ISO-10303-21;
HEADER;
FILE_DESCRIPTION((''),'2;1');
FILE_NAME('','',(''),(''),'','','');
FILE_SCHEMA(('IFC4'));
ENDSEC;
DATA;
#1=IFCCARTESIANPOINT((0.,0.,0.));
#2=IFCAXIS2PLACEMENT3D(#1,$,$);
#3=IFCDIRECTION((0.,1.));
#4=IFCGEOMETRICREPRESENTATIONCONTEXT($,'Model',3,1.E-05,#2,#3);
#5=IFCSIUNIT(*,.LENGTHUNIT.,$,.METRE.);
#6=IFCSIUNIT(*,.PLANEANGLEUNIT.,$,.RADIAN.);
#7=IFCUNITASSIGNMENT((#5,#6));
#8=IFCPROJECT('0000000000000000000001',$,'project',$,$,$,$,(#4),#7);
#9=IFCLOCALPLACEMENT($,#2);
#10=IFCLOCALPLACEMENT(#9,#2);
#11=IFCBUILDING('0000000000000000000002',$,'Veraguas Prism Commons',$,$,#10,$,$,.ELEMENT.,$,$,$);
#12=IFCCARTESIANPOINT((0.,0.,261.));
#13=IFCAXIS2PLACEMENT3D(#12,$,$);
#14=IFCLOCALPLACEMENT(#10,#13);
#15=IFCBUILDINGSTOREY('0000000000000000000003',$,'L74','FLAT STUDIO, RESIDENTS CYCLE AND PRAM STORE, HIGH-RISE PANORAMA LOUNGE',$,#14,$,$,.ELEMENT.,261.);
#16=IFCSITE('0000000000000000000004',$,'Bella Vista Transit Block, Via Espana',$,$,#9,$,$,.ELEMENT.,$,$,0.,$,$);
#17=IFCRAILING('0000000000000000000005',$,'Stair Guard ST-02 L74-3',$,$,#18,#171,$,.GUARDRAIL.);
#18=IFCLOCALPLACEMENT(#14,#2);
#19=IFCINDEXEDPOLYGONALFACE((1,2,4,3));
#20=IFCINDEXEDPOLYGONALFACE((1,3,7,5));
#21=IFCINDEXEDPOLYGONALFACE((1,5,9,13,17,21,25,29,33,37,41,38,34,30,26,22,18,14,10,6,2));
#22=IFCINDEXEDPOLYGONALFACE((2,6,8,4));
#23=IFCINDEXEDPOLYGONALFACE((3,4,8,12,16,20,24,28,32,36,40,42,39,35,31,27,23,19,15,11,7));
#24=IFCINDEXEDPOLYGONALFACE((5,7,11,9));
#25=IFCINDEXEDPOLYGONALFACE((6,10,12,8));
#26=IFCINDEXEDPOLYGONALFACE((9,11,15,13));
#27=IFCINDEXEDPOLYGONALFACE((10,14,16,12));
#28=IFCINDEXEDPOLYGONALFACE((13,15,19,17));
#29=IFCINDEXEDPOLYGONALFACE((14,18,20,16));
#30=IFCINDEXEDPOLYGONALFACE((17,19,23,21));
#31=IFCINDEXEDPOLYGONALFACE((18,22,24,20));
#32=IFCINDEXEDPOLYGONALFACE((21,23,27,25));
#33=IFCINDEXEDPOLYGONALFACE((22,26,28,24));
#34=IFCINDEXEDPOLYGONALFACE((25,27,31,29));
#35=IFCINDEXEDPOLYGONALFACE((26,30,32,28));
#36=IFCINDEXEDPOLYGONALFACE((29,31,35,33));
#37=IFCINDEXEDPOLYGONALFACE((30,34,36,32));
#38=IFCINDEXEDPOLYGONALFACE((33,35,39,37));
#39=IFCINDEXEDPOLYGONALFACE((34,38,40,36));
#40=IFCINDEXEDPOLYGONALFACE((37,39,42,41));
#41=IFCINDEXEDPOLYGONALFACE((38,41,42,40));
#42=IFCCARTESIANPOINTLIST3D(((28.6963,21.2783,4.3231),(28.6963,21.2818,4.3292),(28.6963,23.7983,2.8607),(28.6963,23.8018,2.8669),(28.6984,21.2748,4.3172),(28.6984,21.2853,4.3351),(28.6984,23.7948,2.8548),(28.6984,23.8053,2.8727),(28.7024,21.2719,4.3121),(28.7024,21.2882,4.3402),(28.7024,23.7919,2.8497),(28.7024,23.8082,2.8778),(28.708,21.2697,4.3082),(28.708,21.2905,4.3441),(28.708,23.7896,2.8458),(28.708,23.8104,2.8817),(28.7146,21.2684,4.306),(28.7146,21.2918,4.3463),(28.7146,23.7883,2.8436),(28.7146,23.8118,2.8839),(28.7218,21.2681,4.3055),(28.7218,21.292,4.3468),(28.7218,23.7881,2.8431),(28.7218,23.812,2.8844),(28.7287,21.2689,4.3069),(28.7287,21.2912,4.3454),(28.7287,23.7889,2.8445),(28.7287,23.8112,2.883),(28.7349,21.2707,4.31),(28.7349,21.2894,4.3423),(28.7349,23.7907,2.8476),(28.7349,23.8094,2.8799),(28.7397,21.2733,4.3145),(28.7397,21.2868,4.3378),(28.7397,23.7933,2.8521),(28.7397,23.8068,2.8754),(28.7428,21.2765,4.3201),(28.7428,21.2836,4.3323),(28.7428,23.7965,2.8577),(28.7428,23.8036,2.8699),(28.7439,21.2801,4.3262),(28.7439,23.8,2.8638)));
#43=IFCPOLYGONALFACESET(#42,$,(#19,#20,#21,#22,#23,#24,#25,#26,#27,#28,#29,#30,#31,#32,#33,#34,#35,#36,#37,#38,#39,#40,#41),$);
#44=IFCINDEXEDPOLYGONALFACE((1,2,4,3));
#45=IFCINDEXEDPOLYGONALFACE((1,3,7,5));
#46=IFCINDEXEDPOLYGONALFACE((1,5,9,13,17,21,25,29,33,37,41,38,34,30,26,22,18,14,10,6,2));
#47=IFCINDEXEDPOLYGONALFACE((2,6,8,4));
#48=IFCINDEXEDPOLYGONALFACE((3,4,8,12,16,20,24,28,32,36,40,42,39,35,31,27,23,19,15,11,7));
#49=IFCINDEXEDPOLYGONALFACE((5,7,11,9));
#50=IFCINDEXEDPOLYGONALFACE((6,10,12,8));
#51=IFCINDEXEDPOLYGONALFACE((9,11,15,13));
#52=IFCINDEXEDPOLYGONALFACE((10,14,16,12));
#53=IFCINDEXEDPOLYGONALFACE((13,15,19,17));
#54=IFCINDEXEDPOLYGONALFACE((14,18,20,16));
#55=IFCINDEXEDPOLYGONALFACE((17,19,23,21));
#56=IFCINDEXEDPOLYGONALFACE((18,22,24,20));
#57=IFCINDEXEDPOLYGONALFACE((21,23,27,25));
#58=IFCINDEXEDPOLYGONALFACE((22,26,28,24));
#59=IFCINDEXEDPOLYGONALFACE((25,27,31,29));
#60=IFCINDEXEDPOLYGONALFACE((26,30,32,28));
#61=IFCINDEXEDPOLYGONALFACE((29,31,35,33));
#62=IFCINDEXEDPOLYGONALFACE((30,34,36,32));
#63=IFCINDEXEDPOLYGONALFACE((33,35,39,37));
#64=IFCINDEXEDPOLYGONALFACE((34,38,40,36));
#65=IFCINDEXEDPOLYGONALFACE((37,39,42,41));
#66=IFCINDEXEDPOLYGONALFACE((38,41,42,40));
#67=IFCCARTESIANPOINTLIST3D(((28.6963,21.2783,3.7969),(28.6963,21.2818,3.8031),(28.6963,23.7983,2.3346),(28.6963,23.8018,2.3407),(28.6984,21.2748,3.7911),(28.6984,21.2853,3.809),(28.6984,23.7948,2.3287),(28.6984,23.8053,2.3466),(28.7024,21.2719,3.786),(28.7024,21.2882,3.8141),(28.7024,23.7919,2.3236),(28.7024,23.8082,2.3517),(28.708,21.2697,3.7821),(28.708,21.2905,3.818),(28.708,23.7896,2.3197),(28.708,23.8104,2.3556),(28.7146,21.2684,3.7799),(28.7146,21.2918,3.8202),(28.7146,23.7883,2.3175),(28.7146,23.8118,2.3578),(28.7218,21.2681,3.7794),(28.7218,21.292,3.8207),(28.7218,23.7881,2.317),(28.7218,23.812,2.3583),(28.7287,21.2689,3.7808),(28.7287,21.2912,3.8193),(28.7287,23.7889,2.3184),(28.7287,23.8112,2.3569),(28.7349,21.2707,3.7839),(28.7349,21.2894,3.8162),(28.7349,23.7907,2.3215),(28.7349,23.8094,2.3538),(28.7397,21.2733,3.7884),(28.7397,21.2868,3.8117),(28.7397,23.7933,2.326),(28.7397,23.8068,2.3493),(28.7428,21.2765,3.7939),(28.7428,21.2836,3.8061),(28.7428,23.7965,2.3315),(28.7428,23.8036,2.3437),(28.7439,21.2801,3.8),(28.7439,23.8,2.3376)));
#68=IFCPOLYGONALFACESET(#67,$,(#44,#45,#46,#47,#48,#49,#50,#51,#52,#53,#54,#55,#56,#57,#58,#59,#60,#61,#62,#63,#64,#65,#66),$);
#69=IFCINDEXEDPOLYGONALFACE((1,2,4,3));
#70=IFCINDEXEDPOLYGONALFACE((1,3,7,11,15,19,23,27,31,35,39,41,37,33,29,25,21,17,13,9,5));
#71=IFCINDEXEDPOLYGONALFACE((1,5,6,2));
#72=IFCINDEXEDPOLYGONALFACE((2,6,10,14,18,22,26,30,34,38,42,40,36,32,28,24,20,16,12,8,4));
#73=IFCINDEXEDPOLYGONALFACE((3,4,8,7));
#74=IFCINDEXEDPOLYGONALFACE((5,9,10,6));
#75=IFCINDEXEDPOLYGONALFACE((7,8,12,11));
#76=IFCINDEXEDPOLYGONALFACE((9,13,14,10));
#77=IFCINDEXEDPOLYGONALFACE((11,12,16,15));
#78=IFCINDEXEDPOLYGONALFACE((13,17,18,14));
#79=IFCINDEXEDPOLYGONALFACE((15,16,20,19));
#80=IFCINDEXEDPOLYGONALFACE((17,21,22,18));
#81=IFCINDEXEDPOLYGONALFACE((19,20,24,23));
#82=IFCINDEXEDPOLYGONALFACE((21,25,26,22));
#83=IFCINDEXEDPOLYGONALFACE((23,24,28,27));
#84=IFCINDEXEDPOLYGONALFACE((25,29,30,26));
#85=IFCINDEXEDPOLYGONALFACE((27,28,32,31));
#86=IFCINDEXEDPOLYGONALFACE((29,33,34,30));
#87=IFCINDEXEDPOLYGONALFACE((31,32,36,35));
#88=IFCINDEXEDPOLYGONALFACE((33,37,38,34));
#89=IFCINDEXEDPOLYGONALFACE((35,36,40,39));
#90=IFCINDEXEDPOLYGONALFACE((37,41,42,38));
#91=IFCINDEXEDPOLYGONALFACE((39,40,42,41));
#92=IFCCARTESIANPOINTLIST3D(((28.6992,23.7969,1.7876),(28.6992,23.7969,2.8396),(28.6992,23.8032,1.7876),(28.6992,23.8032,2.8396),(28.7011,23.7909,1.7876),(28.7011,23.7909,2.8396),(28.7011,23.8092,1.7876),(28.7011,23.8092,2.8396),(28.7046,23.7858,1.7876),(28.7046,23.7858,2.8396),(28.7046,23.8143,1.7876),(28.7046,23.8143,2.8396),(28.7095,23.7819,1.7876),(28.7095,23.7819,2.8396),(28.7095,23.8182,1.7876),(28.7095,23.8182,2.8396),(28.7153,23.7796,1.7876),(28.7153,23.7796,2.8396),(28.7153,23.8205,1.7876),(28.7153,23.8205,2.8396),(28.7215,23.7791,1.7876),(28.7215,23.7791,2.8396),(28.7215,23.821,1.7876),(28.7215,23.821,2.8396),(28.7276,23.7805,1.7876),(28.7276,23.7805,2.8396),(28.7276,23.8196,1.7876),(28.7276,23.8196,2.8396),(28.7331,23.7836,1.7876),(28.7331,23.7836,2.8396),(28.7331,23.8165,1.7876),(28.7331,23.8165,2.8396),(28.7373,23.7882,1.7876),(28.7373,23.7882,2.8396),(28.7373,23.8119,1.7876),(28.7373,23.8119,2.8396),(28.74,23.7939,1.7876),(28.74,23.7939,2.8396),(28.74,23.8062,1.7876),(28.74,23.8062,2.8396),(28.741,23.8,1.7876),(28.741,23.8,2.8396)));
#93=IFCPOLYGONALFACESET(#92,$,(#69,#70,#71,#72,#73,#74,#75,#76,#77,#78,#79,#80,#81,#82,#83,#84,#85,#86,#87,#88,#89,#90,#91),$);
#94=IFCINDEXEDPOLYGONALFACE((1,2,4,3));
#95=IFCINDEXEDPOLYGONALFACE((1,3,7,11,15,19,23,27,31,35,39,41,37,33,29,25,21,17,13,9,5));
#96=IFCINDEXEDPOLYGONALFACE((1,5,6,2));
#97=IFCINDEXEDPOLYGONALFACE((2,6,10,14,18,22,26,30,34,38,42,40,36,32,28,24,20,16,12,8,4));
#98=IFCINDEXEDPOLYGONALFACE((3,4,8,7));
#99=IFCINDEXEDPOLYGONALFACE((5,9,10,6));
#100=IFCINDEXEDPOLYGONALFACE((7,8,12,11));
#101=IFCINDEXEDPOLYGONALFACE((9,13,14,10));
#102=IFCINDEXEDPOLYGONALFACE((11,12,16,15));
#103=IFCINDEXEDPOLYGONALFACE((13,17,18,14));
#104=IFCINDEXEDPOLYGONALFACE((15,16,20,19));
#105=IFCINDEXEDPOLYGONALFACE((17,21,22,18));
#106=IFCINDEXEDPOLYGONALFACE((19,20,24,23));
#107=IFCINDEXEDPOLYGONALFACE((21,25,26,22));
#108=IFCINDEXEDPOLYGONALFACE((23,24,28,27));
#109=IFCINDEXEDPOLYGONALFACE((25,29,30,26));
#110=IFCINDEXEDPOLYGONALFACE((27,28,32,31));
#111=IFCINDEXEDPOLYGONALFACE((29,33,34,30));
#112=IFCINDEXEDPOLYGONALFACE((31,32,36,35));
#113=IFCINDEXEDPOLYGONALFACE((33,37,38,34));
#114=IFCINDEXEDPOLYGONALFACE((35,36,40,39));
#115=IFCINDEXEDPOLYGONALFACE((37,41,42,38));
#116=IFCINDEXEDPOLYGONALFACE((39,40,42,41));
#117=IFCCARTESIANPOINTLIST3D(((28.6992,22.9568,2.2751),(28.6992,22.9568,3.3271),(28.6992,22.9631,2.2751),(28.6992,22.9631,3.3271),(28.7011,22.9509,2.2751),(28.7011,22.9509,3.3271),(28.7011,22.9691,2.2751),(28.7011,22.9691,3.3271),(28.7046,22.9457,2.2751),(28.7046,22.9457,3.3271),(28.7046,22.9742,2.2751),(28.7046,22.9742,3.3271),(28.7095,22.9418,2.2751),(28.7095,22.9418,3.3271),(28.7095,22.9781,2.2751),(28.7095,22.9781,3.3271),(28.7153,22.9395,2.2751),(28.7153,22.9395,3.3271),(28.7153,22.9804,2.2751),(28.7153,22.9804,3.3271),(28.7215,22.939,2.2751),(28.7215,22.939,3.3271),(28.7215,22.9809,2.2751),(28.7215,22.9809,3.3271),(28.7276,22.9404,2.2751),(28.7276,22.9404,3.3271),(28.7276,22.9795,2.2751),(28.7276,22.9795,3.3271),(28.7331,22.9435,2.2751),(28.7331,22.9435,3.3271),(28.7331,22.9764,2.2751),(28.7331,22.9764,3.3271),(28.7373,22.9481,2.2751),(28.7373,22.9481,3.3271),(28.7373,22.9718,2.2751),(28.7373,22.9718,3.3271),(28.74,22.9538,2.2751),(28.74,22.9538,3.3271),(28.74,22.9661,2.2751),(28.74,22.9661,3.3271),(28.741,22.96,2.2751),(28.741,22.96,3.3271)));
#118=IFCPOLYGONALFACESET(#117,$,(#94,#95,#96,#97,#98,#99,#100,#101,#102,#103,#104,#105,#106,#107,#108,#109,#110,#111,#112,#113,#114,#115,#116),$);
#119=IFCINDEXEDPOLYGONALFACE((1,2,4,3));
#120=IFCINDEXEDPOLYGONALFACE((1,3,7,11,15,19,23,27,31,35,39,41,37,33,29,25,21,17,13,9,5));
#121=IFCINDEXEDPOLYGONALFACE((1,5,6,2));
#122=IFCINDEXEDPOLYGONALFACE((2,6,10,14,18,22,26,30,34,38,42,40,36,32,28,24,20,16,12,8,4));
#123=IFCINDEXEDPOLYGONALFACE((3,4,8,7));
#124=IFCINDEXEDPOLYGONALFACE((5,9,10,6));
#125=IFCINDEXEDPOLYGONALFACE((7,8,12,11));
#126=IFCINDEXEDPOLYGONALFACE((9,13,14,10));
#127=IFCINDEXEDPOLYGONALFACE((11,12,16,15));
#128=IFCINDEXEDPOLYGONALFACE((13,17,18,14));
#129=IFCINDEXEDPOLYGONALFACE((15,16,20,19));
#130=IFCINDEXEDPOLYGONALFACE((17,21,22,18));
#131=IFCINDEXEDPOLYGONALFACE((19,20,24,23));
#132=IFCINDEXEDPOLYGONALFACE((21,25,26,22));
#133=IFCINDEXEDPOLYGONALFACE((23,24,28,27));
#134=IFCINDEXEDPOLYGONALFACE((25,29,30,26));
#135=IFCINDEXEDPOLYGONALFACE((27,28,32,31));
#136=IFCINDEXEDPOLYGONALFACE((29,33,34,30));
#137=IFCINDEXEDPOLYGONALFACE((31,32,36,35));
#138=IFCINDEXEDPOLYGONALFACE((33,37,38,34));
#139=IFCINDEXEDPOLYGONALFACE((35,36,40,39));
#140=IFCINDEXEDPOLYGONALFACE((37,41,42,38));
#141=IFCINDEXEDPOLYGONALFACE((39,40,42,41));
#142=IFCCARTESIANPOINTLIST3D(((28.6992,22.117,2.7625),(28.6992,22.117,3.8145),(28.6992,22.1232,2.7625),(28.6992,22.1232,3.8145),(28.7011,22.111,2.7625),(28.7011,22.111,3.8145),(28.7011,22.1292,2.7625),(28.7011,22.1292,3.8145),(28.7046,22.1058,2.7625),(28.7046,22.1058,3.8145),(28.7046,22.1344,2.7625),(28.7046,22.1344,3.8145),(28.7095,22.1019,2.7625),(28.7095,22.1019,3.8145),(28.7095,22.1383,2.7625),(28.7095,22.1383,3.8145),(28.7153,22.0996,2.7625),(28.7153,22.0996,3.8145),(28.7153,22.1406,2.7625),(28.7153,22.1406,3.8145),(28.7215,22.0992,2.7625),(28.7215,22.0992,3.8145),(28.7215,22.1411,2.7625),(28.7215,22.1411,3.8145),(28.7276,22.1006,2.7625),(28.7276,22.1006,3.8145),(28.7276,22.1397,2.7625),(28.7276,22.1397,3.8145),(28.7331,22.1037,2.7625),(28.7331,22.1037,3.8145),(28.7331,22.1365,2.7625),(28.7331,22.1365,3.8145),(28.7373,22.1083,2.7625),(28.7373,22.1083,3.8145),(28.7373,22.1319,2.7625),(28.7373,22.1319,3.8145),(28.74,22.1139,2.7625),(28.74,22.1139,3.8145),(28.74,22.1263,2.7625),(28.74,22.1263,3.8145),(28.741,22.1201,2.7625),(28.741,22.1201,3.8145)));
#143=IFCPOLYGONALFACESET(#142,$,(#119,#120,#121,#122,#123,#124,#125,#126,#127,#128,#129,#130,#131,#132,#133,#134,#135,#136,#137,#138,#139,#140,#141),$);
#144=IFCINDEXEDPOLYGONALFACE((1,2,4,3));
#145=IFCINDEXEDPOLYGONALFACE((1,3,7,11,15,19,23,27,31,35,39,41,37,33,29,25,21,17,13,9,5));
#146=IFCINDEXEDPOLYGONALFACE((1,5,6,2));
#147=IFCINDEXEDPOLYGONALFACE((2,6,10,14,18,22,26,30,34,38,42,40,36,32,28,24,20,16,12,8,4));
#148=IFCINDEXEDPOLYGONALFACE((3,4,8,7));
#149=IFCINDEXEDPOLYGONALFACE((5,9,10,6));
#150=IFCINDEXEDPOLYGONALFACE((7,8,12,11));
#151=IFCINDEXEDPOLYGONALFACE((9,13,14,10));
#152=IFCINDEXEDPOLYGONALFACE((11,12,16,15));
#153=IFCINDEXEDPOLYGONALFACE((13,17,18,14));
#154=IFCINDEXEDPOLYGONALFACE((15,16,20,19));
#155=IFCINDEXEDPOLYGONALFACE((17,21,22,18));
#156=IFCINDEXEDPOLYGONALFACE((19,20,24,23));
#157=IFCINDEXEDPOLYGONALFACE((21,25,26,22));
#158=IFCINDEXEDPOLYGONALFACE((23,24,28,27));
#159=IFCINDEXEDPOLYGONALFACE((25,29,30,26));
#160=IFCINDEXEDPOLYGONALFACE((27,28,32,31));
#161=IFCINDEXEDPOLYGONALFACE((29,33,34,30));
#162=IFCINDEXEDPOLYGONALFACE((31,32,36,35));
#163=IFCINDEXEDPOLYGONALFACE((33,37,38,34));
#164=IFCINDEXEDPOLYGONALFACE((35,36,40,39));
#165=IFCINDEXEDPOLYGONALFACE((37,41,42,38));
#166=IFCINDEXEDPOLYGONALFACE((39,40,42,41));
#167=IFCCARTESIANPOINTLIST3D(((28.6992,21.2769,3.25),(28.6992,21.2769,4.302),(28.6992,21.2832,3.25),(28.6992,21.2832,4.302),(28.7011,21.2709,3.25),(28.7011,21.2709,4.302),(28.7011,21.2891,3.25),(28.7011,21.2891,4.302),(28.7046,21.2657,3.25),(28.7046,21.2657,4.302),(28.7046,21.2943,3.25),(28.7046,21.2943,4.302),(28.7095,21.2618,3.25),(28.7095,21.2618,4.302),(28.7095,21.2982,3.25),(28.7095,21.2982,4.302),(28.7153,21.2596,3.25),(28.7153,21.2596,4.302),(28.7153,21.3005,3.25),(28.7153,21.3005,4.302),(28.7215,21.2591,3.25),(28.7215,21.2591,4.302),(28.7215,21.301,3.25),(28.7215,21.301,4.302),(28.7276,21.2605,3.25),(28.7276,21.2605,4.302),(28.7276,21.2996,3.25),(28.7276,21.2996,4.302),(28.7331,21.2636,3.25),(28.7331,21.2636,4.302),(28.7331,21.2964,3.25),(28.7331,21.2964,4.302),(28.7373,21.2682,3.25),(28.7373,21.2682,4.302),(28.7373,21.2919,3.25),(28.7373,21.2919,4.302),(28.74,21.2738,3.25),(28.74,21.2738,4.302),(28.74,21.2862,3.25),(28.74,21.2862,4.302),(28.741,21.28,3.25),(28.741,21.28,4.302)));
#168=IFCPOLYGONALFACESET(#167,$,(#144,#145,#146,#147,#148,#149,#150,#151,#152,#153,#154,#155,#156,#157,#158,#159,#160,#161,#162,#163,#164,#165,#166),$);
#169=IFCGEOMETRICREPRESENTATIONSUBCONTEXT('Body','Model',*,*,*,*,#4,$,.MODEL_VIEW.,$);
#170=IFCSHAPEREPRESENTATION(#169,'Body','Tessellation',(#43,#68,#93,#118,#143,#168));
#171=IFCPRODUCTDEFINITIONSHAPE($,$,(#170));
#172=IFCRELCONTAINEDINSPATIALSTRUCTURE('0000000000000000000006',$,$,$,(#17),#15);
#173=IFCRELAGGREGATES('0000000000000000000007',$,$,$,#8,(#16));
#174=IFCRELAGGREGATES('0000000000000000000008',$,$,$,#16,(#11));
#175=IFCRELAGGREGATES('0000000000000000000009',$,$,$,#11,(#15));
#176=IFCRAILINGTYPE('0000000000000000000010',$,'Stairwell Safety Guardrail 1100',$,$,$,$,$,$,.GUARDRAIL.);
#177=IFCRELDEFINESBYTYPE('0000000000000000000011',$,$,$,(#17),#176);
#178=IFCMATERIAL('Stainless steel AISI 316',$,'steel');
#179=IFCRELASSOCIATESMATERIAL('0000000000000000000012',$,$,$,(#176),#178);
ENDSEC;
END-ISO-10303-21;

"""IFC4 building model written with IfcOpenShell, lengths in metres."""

from ifc_helpers import new_model, si_unit, direction, frame, origin, origin_2d, place, context, subcontext, project, spatial, circle, extrude, material, type_object, element, save


model = new_model("IFC4")

# Units and contexts
model_context = context("Model", 3, precision=1e-05, world=origin(), true_north=direction((0.0, 1.0)))
body_context = subcontext(model_context, "Body", "Model", "MODEL_VIEW")
ifc_project = project(units=[si_unit("LENGTHUNIT", "METRE"), si_unit("PLANEANGLEUNIT", "RADIAN")], contexts=[model_context])

# Site, building, storey
site_placement = place(None, origin())
site = spatial("IfcSite", under=ifc_project, at=site_placement, Name="Bella Vista Transit Block, Via Espana", CompositionType="ELEMENT", RefElevation=0.0)
building_placement = place(site_placement, origin())
building = spatial("IfcBuilding", under=site, at=building_placement, Name="Veraguas Prism Commons", CompositionType="ELEMENT")
storey_placement = place(building_placement, frame((0.0, 0.0, 261.0)))
storey = spatial("IfcBuildingStorey", under=building, at=storey_placement, Name="L74", Description="FLAT STUDIO, RESIDENTS CYCLE AND PRAM STORE, HIGH-RISE PANORAMA LOUNGE", CompositionType="ELEMENT", Elevation=261.0)

# Railing
ifc_material_1 = material(Name="Stainless steel AISI 316", Category="steel")
railing_type_1 = type_object("IfcRailingType", Name="Stairwell Safety Guardrail 1100", PredefinedType="GUARDRAIL", material=ifc_material_1)
railing_1_placement = place(storey_placement, frame((28.72, 23.8, 1.7876)))
element("IfcRailing", 1, at=railing_1_placement, inside=storey, type_object=railing_type_1, Name="Stair Guard ST-02 L74-3", PredefinedType="GUARDRAIL", context=body_context, shape_type="SweptSolid", body=[
    extrude(circle(Radius=0.0239, at=origin_2d()), frame((0.0, 0.0, 1.0762), z_axis=(0.0, -0.864913, 0.501921), x_axis=(1.0, 0.0, 0.0)), (0.0, 0.0, 1.0), 2.9136),
    extrude(circle(Radius=0.0239, at=origin_2d()), frame((0.0, 0.0, 0.55), z_axis=(0.0, -0.864913, 0.501921), x_axis=(1.0, 0.0, 0.0)), (0.0, 0.0, 1.0), 2.9136),
    extrude(circle(Radius=0.021, at=origin_2d()), origin(), (0.0, 0.0, 1.0), 1.052),
    extrude(circle(Radius=0.021, at=origin_2d()), frame((0.0, -0.8401, 0.4875)), (0.0, 0.0, 1.0), 1.052),
    extrude(circle(Radius=0.021, at=origin_2d()), frame((0.0, -1.6799, 0.9749)), (0.0, 0.0, 1.0), 1.052),
    extrude(circle(Radius=0.021, at=origin_2d()), frame((0.0, -2.52, 1.4624)), (0.0, 0.0, 1.0), 1.052),
])

save(model, "model.ifc")
